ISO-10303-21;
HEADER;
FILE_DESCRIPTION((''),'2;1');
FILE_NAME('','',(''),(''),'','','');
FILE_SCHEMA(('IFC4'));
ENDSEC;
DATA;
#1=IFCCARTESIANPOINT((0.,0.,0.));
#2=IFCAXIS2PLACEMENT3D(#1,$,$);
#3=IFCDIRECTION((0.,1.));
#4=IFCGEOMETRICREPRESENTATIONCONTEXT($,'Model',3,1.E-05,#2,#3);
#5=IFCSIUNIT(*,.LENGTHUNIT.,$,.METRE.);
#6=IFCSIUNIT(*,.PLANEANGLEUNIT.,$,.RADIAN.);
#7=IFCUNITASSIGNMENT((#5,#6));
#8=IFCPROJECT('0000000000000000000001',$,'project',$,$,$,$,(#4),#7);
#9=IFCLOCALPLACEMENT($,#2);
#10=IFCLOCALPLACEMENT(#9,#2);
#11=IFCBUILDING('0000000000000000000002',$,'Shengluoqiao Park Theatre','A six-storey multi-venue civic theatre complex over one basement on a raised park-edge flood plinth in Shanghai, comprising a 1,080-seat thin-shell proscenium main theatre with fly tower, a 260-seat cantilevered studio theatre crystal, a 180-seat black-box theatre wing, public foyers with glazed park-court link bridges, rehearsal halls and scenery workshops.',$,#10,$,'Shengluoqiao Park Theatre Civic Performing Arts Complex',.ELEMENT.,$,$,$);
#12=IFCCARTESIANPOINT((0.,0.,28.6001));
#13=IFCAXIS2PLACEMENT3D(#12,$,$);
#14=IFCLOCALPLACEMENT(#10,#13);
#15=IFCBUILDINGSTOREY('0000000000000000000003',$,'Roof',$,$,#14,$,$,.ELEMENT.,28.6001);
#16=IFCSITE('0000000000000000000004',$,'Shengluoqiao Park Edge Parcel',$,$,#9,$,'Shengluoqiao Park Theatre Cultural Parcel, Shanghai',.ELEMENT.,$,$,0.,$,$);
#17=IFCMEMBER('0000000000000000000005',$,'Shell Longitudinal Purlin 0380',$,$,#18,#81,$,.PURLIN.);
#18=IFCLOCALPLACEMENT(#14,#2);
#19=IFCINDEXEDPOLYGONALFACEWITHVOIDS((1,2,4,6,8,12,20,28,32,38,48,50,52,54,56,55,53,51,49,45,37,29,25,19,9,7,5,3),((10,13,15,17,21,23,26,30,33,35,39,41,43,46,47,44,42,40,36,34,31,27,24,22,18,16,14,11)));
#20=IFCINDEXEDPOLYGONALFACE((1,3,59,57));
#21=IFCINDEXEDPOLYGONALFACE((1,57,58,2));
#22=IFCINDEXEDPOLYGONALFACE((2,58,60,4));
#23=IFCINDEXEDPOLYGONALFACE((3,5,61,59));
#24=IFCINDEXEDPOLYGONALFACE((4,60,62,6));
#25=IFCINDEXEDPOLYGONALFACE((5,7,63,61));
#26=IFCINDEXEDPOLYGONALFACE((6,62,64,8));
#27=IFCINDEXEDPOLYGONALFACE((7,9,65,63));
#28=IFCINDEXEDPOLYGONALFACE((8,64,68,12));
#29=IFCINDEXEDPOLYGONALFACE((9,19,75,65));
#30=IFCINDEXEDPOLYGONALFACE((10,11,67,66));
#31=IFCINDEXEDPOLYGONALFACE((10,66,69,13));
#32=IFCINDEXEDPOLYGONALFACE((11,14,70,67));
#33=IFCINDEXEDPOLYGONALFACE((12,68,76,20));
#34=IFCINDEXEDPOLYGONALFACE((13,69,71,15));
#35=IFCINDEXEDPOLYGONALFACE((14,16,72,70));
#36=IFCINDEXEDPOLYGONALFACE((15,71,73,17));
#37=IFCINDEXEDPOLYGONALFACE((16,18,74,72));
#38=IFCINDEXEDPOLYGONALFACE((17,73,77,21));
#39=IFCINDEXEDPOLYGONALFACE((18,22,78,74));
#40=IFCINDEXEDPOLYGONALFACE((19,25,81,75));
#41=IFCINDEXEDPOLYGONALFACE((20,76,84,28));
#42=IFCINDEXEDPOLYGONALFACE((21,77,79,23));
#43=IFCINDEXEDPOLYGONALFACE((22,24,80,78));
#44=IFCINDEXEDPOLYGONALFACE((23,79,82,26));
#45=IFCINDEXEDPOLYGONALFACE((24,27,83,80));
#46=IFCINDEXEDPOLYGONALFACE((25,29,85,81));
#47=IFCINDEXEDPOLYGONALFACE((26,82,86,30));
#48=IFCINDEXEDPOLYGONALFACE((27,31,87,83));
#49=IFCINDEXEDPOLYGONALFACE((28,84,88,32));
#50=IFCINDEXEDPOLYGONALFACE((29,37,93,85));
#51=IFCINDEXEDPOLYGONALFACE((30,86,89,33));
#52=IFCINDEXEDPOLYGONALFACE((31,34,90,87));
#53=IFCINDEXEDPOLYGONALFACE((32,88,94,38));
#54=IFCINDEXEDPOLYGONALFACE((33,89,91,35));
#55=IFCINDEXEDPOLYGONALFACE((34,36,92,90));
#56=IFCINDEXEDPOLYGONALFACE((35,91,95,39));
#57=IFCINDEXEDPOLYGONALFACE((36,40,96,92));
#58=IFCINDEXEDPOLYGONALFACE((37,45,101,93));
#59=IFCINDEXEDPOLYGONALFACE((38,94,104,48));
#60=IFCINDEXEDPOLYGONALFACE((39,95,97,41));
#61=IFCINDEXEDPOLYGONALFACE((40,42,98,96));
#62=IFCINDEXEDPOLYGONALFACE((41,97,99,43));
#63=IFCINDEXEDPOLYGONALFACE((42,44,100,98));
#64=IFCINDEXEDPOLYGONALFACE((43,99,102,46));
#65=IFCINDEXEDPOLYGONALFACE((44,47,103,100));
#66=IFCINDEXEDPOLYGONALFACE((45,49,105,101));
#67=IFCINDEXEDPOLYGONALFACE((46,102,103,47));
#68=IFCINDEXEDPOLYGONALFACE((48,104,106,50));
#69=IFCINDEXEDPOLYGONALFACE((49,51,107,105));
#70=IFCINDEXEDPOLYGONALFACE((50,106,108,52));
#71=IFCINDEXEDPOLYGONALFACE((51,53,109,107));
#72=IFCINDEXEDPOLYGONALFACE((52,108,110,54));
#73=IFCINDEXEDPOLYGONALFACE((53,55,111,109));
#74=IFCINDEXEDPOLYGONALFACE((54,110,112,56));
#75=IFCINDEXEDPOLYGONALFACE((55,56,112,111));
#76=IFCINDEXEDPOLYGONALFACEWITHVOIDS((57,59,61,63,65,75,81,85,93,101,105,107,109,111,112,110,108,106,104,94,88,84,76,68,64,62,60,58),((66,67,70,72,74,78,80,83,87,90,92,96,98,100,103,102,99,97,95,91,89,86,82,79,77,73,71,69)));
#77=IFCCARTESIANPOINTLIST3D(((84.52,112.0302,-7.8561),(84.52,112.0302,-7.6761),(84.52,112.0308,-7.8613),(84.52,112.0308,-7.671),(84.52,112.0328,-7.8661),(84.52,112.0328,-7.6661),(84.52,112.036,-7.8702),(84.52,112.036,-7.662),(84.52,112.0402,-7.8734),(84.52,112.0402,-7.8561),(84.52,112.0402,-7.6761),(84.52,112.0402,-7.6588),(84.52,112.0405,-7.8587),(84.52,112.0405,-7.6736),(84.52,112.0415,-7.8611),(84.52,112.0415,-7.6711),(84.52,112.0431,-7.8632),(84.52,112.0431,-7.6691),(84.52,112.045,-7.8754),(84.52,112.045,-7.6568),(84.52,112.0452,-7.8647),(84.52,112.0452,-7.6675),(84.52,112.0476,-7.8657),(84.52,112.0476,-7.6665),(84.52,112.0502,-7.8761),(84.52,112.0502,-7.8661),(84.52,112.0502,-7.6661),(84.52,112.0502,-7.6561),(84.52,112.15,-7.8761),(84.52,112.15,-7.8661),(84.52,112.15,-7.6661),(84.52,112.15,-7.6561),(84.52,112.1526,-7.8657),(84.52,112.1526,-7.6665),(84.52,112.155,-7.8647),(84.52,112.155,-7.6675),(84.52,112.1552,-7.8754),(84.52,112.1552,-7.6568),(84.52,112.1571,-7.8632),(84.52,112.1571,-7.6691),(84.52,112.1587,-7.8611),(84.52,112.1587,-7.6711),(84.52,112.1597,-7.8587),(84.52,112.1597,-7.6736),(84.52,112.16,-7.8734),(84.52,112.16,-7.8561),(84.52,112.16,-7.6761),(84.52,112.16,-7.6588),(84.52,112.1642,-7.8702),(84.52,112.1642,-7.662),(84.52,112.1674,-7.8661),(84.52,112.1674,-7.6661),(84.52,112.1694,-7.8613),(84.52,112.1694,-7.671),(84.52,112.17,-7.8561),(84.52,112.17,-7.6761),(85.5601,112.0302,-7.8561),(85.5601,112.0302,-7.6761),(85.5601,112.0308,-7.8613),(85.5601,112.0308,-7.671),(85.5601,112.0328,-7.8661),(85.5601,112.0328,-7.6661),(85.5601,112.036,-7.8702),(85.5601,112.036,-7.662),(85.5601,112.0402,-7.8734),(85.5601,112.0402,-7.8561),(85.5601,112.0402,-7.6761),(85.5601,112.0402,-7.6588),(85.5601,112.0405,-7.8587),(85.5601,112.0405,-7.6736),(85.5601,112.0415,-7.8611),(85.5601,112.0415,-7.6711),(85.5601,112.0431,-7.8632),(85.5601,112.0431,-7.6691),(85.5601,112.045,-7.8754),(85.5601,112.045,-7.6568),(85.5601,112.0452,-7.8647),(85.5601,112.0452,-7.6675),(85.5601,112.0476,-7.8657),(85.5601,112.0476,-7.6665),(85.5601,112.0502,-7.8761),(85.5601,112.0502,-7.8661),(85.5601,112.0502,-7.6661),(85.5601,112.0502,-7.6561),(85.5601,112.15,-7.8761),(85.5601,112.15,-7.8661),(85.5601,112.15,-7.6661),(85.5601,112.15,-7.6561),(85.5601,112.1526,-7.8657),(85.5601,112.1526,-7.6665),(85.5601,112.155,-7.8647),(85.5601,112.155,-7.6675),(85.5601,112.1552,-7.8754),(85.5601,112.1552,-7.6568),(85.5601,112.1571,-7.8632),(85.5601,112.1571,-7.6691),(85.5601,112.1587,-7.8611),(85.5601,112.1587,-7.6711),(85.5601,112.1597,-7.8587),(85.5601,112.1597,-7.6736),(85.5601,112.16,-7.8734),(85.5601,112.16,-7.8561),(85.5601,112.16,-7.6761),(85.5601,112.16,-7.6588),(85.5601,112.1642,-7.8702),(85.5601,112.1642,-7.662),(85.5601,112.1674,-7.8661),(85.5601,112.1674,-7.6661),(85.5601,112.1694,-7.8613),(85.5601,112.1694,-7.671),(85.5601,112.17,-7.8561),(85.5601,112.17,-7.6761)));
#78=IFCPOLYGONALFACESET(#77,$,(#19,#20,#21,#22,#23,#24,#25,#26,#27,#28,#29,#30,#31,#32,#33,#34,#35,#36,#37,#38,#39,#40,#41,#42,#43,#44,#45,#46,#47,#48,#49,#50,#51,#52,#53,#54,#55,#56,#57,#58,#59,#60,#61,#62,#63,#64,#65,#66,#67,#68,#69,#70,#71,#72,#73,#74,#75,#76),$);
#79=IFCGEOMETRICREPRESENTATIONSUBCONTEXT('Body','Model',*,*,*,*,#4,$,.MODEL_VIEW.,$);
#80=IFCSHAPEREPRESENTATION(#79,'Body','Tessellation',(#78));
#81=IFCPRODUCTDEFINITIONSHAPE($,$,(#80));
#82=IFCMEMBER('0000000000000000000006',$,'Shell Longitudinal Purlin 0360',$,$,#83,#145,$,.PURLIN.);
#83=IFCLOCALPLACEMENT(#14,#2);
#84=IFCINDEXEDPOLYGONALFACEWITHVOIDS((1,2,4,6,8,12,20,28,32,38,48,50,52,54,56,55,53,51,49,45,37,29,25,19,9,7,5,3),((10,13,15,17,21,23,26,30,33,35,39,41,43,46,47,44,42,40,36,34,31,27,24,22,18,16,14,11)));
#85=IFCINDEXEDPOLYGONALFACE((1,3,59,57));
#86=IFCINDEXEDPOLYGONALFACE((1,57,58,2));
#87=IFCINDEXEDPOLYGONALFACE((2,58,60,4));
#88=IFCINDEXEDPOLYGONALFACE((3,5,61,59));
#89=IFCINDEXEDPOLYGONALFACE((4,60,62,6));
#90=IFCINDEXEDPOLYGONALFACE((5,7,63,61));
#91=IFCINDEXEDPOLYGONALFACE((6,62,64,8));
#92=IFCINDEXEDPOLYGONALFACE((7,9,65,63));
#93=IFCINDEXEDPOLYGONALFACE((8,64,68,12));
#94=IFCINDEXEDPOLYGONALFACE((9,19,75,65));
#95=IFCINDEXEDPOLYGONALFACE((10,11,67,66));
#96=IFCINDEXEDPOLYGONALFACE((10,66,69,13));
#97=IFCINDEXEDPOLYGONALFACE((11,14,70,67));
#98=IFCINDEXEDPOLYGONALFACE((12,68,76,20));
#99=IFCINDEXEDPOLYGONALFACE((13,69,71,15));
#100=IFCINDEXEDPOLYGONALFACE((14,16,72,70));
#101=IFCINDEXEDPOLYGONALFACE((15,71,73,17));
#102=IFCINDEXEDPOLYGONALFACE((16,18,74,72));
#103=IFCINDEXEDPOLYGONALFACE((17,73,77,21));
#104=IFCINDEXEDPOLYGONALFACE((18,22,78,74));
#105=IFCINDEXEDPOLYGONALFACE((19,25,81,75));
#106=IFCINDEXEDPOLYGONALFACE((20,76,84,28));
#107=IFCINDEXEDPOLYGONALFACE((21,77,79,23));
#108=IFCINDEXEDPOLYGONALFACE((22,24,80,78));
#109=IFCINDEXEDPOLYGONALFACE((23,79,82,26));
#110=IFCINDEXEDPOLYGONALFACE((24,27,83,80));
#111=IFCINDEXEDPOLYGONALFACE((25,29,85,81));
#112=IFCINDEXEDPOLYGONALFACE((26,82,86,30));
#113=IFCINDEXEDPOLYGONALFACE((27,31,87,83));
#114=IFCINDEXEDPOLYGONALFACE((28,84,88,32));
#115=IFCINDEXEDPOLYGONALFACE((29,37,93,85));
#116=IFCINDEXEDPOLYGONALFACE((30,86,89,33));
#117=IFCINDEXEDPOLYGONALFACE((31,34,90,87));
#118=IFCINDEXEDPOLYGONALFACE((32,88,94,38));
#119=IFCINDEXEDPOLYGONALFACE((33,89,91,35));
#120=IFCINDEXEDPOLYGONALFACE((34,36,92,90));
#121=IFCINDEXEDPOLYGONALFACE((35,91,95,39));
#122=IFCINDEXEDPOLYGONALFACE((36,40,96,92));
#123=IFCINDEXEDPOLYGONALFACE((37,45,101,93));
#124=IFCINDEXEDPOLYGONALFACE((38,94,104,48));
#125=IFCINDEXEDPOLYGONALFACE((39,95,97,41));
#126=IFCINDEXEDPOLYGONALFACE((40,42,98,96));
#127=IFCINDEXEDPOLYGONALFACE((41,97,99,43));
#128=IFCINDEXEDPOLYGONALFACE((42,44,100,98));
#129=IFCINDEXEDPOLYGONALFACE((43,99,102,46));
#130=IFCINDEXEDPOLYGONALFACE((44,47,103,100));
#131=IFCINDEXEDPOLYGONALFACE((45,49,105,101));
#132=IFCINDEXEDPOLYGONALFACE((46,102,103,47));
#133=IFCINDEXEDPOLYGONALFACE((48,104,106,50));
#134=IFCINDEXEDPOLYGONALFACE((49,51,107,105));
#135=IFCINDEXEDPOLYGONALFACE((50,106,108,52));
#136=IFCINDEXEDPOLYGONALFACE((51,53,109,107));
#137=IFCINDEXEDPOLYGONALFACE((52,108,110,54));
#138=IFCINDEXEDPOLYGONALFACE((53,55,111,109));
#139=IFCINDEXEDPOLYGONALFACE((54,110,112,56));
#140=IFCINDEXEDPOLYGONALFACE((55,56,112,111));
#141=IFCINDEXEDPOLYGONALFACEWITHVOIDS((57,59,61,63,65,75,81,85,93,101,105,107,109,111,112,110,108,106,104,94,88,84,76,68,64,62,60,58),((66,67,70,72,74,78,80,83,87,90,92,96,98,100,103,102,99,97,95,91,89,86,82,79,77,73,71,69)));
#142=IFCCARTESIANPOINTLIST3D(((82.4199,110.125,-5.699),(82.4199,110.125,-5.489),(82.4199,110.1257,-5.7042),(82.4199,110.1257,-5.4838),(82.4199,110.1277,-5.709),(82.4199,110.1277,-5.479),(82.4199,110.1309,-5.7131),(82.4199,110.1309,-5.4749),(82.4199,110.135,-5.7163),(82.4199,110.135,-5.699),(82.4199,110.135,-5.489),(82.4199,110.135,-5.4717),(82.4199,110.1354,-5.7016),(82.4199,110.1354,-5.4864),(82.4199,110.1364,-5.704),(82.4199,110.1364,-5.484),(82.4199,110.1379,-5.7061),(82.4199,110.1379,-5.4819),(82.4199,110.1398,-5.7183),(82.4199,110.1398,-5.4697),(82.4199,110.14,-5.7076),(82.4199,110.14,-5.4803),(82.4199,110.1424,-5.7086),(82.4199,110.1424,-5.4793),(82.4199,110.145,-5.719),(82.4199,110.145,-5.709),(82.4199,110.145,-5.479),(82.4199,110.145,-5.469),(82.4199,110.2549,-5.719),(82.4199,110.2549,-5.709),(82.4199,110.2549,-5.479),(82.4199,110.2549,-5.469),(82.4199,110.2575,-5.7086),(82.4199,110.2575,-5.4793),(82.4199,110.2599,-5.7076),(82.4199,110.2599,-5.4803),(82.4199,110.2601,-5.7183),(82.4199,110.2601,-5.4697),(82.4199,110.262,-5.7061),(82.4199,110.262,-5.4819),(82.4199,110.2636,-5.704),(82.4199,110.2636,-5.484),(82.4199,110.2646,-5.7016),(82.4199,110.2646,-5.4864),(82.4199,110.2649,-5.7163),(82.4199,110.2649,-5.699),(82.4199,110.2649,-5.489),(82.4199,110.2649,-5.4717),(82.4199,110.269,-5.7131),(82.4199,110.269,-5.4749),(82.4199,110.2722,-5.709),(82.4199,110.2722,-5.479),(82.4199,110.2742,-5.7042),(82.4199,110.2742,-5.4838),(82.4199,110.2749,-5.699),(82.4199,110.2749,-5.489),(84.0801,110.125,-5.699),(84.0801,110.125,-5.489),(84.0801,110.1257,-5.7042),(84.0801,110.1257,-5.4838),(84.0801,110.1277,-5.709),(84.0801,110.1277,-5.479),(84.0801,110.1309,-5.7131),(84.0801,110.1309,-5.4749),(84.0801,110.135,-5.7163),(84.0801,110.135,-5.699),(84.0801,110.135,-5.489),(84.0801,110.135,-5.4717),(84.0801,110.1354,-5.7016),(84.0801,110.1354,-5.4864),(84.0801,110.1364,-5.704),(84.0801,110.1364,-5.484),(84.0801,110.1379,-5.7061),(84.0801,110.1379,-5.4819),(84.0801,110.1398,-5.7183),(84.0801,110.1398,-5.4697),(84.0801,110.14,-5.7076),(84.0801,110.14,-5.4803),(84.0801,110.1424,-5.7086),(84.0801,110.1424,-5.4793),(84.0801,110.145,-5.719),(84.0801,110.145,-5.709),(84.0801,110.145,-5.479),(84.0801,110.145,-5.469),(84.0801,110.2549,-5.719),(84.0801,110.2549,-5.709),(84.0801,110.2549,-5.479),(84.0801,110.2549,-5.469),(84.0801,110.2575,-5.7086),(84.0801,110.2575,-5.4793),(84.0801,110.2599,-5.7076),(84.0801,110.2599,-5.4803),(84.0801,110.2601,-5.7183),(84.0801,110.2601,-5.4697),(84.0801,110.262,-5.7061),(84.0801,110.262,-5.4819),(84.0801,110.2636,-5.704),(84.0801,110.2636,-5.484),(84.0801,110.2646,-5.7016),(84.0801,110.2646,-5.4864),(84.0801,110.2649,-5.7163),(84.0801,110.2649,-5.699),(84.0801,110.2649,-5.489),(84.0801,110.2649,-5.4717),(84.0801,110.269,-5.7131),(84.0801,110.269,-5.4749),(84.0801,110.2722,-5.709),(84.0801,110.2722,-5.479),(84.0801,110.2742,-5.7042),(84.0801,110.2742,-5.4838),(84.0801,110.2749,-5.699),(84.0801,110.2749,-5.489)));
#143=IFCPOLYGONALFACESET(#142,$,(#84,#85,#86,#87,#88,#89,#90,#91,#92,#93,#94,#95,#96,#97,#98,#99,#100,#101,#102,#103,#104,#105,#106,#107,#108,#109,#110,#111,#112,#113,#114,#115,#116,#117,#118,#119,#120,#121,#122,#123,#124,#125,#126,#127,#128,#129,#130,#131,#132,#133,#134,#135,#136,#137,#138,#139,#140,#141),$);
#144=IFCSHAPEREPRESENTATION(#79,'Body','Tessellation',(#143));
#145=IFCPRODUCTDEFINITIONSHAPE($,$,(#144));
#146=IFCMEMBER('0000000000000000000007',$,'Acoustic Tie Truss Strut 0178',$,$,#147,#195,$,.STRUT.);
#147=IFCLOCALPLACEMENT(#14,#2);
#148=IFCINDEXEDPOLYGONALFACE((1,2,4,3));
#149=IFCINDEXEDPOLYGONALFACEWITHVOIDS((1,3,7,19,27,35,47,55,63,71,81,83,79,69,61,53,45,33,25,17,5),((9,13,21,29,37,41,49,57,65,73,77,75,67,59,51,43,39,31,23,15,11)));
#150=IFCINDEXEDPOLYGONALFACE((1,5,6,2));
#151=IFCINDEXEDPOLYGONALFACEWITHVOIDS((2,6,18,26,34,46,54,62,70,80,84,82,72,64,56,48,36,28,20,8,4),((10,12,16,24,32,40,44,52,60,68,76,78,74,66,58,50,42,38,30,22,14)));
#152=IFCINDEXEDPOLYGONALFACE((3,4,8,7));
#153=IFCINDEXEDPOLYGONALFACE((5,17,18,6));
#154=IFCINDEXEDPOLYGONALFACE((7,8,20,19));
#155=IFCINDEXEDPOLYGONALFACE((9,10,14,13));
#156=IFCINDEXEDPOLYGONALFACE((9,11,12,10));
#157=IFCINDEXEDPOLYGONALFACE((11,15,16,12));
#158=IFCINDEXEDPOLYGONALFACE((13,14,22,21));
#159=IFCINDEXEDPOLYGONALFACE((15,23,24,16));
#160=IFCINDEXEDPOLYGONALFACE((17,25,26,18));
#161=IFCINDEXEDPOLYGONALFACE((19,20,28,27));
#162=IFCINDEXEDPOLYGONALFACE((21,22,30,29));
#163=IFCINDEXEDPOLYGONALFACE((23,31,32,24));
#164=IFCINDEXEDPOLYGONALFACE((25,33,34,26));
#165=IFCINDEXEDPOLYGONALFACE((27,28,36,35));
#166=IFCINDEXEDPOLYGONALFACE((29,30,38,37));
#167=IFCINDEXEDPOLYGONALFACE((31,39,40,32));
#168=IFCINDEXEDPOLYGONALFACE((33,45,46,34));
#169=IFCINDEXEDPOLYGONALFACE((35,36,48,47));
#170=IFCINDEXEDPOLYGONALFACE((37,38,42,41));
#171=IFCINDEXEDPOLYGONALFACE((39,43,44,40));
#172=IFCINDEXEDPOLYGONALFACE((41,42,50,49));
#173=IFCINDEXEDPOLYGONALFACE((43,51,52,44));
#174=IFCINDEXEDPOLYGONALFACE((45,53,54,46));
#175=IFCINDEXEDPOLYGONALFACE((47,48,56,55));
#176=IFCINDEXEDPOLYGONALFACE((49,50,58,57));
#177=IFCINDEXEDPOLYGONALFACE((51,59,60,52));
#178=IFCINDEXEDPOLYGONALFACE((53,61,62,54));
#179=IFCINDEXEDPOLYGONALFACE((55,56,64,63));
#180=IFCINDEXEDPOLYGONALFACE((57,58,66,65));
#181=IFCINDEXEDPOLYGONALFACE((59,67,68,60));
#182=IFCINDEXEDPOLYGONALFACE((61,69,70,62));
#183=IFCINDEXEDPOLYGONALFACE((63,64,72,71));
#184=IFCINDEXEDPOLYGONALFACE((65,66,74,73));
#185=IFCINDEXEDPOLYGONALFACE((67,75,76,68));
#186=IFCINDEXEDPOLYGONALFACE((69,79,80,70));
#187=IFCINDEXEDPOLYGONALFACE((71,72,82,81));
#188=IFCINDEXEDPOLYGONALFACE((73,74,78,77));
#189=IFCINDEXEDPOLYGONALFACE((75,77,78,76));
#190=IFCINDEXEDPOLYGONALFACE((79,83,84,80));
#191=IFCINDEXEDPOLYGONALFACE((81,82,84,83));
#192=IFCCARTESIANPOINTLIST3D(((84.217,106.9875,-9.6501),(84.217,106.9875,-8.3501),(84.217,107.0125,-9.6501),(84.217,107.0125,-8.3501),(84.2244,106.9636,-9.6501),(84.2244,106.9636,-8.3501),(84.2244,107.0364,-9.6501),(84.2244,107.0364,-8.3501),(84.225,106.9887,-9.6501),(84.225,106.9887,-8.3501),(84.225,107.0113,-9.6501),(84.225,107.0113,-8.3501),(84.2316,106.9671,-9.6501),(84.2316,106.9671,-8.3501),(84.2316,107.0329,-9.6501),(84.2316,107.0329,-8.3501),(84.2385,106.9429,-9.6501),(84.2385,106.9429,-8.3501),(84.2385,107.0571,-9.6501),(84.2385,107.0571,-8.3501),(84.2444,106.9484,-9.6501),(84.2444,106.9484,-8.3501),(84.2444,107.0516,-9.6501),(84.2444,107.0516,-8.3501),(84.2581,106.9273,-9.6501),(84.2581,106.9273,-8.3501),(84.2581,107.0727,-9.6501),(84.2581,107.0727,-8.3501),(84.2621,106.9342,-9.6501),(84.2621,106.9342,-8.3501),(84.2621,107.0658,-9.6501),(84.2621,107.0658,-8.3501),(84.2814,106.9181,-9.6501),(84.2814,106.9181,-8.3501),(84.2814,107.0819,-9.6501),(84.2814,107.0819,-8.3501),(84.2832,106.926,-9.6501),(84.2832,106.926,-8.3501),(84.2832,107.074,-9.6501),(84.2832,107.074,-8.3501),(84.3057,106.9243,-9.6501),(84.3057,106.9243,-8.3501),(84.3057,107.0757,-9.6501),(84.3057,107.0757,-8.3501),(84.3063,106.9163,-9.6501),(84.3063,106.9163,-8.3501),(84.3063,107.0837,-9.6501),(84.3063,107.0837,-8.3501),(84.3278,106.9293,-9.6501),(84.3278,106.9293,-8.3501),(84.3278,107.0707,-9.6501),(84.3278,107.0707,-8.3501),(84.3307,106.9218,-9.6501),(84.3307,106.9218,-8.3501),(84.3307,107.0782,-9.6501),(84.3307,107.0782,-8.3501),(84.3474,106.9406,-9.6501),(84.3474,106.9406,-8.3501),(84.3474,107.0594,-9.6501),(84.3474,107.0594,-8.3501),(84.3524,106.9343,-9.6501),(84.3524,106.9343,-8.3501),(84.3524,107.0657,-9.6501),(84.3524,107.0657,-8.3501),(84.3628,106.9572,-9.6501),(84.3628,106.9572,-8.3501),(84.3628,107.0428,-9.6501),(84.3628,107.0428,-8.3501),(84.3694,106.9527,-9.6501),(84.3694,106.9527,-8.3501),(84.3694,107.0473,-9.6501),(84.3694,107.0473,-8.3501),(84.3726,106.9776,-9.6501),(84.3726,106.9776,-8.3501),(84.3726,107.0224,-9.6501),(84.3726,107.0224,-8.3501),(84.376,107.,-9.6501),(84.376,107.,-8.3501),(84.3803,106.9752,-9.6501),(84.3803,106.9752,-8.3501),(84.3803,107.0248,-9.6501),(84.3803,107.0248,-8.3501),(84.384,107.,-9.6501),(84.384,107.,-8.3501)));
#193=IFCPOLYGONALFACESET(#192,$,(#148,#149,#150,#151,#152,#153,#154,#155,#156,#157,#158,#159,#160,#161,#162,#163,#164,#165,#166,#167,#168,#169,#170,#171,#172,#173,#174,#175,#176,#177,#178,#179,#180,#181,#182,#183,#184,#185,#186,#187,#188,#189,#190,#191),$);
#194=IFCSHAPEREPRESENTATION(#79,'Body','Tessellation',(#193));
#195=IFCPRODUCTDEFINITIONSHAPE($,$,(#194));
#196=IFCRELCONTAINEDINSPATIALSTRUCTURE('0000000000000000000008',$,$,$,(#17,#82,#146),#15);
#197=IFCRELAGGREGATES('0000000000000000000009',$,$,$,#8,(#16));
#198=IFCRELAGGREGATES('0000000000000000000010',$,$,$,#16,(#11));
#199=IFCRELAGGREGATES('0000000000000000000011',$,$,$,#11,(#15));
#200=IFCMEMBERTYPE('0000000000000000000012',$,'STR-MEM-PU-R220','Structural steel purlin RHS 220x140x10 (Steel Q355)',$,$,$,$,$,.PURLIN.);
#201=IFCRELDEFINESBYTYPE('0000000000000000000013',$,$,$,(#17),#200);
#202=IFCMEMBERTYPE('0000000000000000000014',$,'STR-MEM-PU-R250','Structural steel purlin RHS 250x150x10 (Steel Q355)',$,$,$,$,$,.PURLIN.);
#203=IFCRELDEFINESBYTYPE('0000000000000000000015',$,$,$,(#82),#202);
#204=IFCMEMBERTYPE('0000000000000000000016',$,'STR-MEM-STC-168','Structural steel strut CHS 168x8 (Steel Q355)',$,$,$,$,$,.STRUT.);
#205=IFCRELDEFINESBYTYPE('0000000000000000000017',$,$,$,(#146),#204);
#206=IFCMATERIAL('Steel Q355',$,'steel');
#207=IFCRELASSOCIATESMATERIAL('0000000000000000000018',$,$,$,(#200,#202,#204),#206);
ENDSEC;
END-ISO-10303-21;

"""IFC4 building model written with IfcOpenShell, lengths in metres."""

from ifc_helpers import new_model, si_unit, direction, frame, origin, origin_2d, place, context, subcontext, project, spatial, hollow_rectangle, hollow_circle, extrude, material, material_profile, profile_set, type_object, element, save


model = new_model("IFC4")

# Units and contexts
model_context = context("Model", 3, precision=1e-05, world=origin(), true_north=direction((0.0, 1.0)))
body_context = subcontext(model_context, "Body", "Model", "MODEL_VIEW")
ifc_project = project(units=[si_unit("LENGTHUNIT", "METRE"), si_unit("PLANEANGLEUNIT", "RADIAN")], contexts=[model_context])

# Site, building, storey
site_placement = place(None, origin())
site = spatial("IfcSite", under=ifc_project, at=site_placement, Name="Shengluoqiao Park Edge Parcel", LongName="Shengluoqiao Park Theatre Cultural Parcel, Shanghai", CompositionType="ELEMENT", RefElevation=0.0)
building_placement = place(site_placement, origin())
building = spatial("IfcBuilding", under=site, at=building_placement, Name="Shengluoqiao Park Theatre", Description="A six-storey multi-venue civic theatre complex over one basement on a raised park-edge flood plinth in Shanghai, comprising a 1,080-seat thin-shell proscenium main theatre with fly tower, a 260-seat cantilevered studio theatre crystal, a 180-seat black-box theatre wing, public foyers with glazed park-court link bridges, rehearsal halls and scenery workshops.", LongName="Shengluoqiao Park Theatre Civic Performing Arts Complex", CompositionType="ELEMENT")
storey_placement = place(building_placement, frame((0.0, 0.0, 28.6001)))
storey = spatial("IfcBuildingStorey", under=building, at=storey_placement, Name="Roof", CompositionType="ELEMENT", Elevation=28.6001)

# Shared definitions
ifc_material_1 = material(Name="Steel Q355", Category="steel")

# Members
ifc_material_profile_1 = material_profile(ifc_material_1, hollow_rectangle(XDim=0.1399, YDim=0.22, WallThickness=0.01, InnerFilletRadius=0.01, OuterFilletRadius=0.02, at=origin_2d()), Name="RHS 220x140x10")
ifc_profile_set_1 = profile_set([ifc_material_profile_1], Name="Steel Q355")
member_type_1 = type_object("IfcMemberType", Name="STR-MEM-PU-R220", Description="Structural steel purlin RHS 220x140x10 (Steel Q355)", PredefinedType="PURLIN", material=ifc_profile_set_1)
member_1_placement = place(storey_placement, frame((84.52, 112.1001, -7.7661), z_axis=(1.0, 0.0, 0.0), x_axis=(0.0, 1.0, 0.0)))
element("IfcMember", 1, at=member_1_placement, inside=storey, type_object=member_type_1, Name="Shell Longitudinal Purlin 0380", PredefinedType="PURLIN", context=body_context, shape_type="SweptSolid", body=[
    extrude(hollow_rectangle(XDim=0.1399, YDim=0.22, WallThickness=0.01, InnerFilletRadius=0.01, OuterFilletRadius=0.02, at=origin_2d()), origin(), (0.0, 0.0, 1.0), 1.04),
])
ifc_material_profile_2 = material_profile(ifc_material_1, hollow_rectangle(XDim=0.1499, YDim=0.25, WallThickness=0.01, InnerFilletRadius=0.01, OuterFilletRadius=0.02, at=origin_2d()), Name="RHS 250x150x10")
ifc_profile_set_2 = profile_set([ifc_material_profile_2], Name="Steel Q355")
member_type_2 = type_object("IfcMemberType", Name="STR-MEM-PU-R250", Description="Structural steel purlin RHS 250x150x10 (Steel Q355)", PredefinedType="PURLIN", material=ifc_profile_set_2)
member_2_placement = place(storey_placement, frame((82.4199, 110.2, -5.594), z_axis=(1.0, 0.0, 0.0), x_axis=(0.0, 1.0, 0.0)))
element("IfcMember", 2, at=member_2_placement, inside=storey, type_object=member_type_2, Name="Shell Longitudinal Purlin 0360", PredefinedType="PURLIN", context=body_context, shape_type="SweptSolid", body=[
    extrude(hollow_rectangle(XDim=0.1499, YDim=0.25, WallThickness=0.01, InnerFilletRadius=0.01, OuterFilletRadius=0.02, at=origin_2d()), origin(), (0.0, 0.0, 1.0), 1.6602),
])
ifc_material_profile_3 = material_profile(ifc_material_1, hollow_circle(Radius=0.084, WallThickness=0.0081, at=origin_2d()), Name="CHS 168x8")
ifc_profile_set_3 = profile_set([ifc_material_profile_3], Name="Steel Q355")
member_type_3 = type_object("IfcMemberType", Name="STR-MEM-STC-168", Description="Structural steel strut CHS 168x8 (Steel Q355)", PredefinedType="STRUT", material=ifc_profile_set_3)
for number, where, z_axis, x_axis, name in (
    (3, (84.3, 107.0, -9.6501), (0.0, 0.0, 1.0), (1.0, 0.0, 0.0), "Acoustic Tie Truss Strut 0178"),
):
    element("IfcMember", number, at=place(storey_placement, frame(where, z_axis=z_axis, x_axis=x_axis)), inside=storey, type_object=member_type_3, Name=name, PredefinedType="STRUT", context=body_context, shape_type="SweptSolid", body=[
        extrude(hollow_circle(Radius=0.084, WallThickness=0.0081, at=origin_2d()), origin(), (0.0, 0.0, 1.0), 1.3),
    ])

save(model, "model.ifc")
